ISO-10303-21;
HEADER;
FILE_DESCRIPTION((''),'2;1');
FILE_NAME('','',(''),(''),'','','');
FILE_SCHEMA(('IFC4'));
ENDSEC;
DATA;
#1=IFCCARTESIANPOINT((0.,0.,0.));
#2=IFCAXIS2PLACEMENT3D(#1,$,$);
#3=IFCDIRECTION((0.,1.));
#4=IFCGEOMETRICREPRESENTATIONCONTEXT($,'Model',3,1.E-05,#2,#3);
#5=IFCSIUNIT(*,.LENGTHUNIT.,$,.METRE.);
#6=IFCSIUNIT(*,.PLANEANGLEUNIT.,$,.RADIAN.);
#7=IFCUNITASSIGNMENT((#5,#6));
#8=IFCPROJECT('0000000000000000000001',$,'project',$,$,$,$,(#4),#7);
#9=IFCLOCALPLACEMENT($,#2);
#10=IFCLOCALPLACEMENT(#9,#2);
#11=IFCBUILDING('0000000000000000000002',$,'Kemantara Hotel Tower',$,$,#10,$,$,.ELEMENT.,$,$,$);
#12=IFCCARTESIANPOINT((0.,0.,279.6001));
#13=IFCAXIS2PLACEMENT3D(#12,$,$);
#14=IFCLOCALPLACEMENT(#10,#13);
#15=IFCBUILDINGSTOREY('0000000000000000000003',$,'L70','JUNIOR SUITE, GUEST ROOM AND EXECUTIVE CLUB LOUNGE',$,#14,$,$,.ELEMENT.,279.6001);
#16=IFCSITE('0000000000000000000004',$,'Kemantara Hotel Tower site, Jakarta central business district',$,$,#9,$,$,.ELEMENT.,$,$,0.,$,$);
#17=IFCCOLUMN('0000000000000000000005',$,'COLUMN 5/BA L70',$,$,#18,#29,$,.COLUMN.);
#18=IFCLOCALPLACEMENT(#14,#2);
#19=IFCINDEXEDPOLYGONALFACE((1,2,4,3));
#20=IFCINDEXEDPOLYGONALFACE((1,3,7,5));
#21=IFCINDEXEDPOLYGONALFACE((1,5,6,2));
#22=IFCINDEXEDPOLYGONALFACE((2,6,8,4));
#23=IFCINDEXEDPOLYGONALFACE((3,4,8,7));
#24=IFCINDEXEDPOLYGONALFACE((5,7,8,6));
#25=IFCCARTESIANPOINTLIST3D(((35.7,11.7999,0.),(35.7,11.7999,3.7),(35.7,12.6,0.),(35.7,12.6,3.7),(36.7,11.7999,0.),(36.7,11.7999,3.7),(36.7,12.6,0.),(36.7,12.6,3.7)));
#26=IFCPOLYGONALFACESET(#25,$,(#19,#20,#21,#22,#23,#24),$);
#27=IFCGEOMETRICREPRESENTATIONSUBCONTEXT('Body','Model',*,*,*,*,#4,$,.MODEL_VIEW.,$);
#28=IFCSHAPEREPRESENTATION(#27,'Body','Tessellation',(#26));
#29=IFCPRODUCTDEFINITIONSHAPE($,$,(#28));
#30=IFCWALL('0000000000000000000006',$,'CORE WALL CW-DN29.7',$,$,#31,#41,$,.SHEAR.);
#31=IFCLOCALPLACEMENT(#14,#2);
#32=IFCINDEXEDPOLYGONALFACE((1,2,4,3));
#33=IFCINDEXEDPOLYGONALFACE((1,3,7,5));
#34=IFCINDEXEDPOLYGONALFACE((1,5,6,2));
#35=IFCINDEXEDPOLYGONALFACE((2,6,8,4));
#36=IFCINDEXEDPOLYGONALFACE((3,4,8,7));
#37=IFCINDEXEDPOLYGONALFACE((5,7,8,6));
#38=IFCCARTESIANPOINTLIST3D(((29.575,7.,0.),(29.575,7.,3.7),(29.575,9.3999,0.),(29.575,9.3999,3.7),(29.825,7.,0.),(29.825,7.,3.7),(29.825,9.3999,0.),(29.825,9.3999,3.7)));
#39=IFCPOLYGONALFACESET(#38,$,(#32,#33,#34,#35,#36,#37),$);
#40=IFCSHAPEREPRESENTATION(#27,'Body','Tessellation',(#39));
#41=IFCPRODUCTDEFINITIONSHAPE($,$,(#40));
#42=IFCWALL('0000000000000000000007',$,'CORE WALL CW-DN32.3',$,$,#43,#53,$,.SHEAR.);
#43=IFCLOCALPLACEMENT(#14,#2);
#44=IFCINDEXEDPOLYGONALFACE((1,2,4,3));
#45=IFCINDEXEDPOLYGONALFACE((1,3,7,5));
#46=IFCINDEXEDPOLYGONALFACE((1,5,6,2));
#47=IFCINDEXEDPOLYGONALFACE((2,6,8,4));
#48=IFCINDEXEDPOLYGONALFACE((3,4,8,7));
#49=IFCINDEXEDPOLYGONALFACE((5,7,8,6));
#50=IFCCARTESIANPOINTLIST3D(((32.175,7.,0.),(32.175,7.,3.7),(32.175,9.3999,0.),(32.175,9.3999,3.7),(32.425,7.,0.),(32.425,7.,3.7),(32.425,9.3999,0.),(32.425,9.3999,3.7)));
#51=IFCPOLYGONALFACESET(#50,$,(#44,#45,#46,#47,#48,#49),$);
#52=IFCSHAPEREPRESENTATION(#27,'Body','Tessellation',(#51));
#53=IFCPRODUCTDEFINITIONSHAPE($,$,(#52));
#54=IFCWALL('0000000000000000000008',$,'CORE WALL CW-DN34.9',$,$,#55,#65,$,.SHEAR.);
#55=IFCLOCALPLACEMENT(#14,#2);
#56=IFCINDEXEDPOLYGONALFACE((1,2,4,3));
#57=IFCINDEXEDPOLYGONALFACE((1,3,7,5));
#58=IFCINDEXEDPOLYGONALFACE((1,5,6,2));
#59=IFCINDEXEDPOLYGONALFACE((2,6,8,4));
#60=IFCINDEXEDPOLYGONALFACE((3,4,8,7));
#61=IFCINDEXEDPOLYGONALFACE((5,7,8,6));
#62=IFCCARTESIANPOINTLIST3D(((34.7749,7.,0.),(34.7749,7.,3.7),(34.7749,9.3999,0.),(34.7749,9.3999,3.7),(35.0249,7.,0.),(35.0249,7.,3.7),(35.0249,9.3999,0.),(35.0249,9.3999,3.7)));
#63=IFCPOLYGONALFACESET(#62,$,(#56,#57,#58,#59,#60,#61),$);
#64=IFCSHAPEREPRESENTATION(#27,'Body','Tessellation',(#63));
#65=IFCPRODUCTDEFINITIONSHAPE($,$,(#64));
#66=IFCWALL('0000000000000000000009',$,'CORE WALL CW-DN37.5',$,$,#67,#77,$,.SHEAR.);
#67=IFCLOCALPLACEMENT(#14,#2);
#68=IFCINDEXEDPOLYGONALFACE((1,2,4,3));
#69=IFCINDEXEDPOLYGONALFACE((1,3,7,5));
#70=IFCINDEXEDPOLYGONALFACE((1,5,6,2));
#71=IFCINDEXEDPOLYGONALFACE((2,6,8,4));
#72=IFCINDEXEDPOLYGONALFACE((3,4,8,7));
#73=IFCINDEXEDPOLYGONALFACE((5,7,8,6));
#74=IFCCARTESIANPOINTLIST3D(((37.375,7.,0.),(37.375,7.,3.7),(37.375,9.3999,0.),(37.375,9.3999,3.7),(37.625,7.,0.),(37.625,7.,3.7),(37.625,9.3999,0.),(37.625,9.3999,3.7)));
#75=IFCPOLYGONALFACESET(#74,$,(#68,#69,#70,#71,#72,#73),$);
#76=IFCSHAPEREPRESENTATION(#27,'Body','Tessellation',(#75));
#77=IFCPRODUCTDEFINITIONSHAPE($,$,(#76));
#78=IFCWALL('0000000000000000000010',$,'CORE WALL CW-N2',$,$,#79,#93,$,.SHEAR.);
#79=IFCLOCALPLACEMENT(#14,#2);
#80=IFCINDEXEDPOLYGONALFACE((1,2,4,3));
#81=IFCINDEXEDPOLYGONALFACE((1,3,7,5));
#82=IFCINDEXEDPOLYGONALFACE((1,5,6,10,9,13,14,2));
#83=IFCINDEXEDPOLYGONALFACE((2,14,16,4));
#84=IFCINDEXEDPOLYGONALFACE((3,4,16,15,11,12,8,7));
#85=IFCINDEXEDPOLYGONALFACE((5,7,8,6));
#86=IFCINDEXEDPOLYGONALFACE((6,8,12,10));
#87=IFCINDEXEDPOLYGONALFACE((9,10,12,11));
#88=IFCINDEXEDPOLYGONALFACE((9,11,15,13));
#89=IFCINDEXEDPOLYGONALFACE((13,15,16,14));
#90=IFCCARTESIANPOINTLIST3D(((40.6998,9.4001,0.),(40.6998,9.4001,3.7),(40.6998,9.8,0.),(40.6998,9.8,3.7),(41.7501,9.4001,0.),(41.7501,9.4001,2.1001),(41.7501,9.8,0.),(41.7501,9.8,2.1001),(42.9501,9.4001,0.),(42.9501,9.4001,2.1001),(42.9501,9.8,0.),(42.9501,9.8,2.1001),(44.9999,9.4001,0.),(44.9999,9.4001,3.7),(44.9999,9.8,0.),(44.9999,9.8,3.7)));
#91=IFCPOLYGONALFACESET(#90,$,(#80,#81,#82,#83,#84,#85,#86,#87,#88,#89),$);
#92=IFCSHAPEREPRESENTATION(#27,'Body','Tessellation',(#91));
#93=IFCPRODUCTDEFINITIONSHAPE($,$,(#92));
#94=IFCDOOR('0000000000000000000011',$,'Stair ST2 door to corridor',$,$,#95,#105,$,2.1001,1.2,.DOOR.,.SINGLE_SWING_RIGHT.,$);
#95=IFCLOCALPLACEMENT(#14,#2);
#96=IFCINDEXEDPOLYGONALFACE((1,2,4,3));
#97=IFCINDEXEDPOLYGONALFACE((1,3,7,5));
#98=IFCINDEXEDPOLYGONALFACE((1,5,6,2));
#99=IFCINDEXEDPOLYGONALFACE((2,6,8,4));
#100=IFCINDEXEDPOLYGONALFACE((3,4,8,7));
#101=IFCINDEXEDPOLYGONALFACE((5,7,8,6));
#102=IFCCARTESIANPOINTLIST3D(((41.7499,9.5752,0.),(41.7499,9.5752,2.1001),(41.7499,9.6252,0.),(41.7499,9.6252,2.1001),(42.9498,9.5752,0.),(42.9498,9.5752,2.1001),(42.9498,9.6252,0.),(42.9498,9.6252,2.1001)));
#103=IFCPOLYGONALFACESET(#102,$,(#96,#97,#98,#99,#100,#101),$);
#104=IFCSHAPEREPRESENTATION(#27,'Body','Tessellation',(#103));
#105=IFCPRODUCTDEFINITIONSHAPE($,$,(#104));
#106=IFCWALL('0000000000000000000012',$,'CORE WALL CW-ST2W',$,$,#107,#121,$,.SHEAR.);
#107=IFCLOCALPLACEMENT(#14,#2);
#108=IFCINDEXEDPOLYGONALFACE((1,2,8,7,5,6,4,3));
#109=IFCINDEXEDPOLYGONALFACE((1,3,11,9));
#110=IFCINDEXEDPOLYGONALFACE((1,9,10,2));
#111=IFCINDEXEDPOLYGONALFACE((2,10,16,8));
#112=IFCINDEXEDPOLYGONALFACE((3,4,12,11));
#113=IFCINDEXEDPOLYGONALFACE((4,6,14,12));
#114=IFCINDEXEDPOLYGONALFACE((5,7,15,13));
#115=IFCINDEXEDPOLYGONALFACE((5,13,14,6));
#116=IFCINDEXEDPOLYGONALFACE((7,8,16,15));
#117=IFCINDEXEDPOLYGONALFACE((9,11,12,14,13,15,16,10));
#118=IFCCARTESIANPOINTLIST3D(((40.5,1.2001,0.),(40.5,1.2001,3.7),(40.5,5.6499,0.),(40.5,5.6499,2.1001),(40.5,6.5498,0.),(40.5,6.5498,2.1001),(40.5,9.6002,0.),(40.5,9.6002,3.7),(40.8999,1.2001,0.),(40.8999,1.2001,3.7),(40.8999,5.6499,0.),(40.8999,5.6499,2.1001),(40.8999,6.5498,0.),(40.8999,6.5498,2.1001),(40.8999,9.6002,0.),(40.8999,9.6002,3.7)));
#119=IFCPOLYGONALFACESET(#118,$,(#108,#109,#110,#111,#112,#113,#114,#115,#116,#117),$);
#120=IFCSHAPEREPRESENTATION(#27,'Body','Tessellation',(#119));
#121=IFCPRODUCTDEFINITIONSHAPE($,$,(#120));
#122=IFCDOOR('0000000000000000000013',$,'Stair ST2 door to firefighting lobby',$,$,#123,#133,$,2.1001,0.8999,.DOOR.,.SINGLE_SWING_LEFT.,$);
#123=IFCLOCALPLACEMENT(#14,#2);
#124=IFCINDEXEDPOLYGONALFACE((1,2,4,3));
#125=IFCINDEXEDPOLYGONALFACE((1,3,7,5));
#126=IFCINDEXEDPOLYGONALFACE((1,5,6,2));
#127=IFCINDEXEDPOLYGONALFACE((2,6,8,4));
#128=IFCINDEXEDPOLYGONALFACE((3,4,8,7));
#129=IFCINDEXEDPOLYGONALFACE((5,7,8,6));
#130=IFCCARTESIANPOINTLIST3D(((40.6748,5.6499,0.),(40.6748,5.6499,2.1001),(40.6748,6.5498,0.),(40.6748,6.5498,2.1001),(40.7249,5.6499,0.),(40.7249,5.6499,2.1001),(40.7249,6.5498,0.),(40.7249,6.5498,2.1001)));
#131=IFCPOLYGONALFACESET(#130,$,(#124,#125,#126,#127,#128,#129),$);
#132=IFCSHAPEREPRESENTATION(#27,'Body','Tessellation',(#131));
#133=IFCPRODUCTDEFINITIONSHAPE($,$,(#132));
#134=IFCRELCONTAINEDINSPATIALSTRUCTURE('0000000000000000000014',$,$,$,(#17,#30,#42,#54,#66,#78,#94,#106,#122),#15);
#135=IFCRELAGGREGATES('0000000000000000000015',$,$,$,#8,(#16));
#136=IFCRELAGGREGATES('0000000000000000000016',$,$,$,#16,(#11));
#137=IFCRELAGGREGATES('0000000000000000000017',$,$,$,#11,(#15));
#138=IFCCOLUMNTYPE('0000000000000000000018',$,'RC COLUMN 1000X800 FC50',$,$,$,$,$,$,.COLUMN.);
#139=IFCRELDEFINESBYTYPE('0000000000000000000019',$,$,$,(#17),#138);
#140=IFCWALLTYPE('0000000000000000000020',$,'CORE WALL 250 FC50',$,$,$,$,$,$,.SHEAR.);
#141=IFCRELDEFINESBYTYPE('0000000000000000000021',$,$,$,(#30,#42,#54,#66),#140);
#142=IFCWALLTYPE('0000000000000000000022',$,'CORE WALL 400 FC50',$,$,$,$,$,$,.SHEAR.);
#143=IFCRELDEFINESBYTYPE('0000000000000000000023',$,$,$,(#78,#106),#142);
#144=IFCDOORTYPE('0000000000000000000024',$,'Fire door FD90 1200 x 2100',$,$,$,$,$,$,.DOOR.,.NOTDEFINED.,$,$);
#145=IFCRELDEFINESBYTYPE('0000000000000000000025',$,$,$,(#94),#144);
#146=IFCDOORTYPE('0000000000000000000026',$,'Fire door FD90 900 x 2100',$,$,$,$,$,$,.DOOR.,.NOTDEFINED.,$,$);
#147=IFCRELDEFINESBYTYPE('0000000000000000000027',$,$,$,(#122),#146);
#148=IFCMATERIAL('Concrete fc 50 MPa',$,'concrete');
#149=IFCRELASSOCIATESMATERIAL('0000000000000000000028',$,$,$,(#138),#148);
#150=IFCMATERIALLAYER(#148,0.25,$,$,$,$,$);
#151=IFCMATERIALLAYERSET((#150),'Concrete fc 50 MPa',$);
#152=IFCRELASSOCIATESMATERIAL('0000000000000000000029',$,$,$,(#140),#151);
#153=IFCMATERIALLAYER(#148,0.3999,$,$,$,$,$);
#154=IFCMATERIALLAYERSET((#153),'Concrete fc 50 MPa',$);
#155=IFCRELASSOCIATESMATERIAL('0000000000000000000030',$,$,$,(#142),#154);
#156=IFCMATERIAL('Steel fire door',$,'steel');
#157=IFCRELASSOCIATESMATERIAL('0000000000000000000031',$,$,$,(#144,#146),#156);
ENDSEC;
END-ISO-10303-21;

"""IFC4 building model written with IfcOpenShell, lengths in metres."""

from ifc_helpers import new_model, si_unit, direction, frame, frame_2d, origin, origin_2d, place, context, subcontext, project, spatial, rectangle, extrude, material, layer, layer_set, material_profile, profile_set, type_object, element, fill, save


model = new_model("IFC4")

# Units and contexts
model_context = context("Model", 3, precision=1e-05, world=origin(), true_north=direction((0.0, 1.0)))
body_context = subcontext(model_context, "Body", "Model", "MODEL_VIEW")
ifc_project = project(units=[si_unit("LENGTHUNIT", "METRE"), si_unit("PLANEANGLEUNIT", "RADIAN")], contexts=[model_context])

# Site, building, storey
site_placement = place(None, origin())
site = spatial("IfcSite", under=ifc_project, at=site_placement, Name="Kemantara Hotel Tower site, Jakarta central business district", CompositionType="ELEMENT", RefElevation=0.0)
building_placement = place(site_placement, origin())
building = spatial("IfcBuilding", under=site, at=building_placement, Name="Kemantara Hotel Tower", CompositionType="ELEMENT")
storey_placement = place(building_placement, frame((0.0, 0.0, 279.6001)))
storey = spatial("IfcBuildingStorey", under=building, at=storey_placement, Name="L70", Description="JUNIOR SUITE, GUEST ROOM AND EXECUTIVE CLUB LOUNGE", CompositionType="ELEMENT", Elevation=279.6001)

# Column
ifc_material_1 = material(Name="Concrete fc 50 MPa", Category="concrete")
ifc_material_profile = material_profile(ifc_material_1, rectangle(XDim=1.0, YDim=0.8, at=origin_2d()), Name="RC 1000X800")
ifc_profile_set = profile_set([ifc_material_profile], Name="Concrete fc 50 MPa")
column_type = type_object("IfcColumnType", Name="RC COLUMN 1000X800 FC50", PredefinedType="COLUMN", material=ifc_profile_set)
column_placement = place(storey_placement, frame((36.2, 12.2, 0.0), z_axis=(0.0, 0.0, 1.0), x_axis=(1.0, 0.0, 0.0)))
element("IfcColumn", 1, at=column_placement, inside=storey, type_object=column_type, Name="COLUMN 5/BA L70", PredefinedType="COLUMN", context=body_context, shape_type="SweptSolid", body=[
    extrude(rectangle(XDim=1.0, YDim=0.8, at=origin_2d()), origin(), (0.0, 0.0, 1.0), 3.7),
])

# Walls
ifc_layer_1 = layer(ifc_material_1, 0.25)
ifc_layer_set_1 = layer_set([ifc_layer_1], Name="Concrete fc 50 MPa")
wall_type_1 = type_object("IfcWallType", Name="CORE WALL 250 FC50", PredefinedType="SHEAR", material=ifc_layer_set_1)
for number, where, z_axis, x_axis, name in (
    (2, (29.7, 7.0, 0.0), (0.0, 0.0, 1.0), (0.0, 1.0, 0.0), "CORE WALL CW-DN29.7"),
    (3, (32.3, 7.0, 0.0), (0.0, 0.0, 1.0), (0.0, 1.0, 0.0), "CORE WALL CW-DN32.3"),
    (4, (34.8999, 7.0, 0.0), (0.0, 0.0, 1.0), (0.0, 1.0, 0.0), "CORE WALL CW-DN34.9"),
    (5, (37.5, 7.0, 0.0), (0.0, 0.0, 1.0), (0.0, 1.0, 0.0), "CORE WALL CW-DN37.5"),
):
    element("IfcWall", number, at=place(storey_placement, frame(where, z_axis=z_axis, x_axis=x_axis)), inside=storey, type_object=wall_type_1, Name=name, PredefinedType="SHEAR", context=body_context, shape_type="SweptSolid", body=[
        extrude(rectangle(XDim=2.3999, YDim=0.25, at=frame_2d((1.2, 0.0))), origin(), (0.0, 0.0, 1.0), 3.7),
    ])

# Walls, openings, doors
ifc_layer_2 = layer(ifc_material_1, 0.3999)
ifc_layer_set_2 = layer_set([ifc_layer_2], Name="Concrete fc 50 MPa")
wall_type_2 = type_object("IfcWallType", Name="CORE WALL 400 FC50", PredefinedType="SHEAR", material=ifc_layer_set_2)
wall_1_placement = place(storey_placement, frame((40.7, 9.6001, 0.0), z_axis=(0.0, 0.0, 1.0), x_axis=(1.0, 0.0, 0.0)))
wall_1 = element("IfcWall", 6, at=wall_1_placement, inside=storey, type_object=wall_type_2, Name="CORE WALL CW-N2", PredefinedType="SHEAR", context=body_context, shape_type="SweptSolid", body=[
    extrude(rectangle(XDim=4.3, YDim=0.3999, at=frame_2d((2.1499, 0.0))), origin(), (0.0, 0.0, 1.0), 3.7),
])
opening_1_placement = place(wall_1_placement, frame((1.05, 0.0, 0.0)))
opening_1 = element("IfcOpeningElement", 7, at=opening_1_placement, cuts=wall_1, PredefinedType="OPENING", context=body_context, shape_type="SweptSolid", body=[
    extrude(rectangle(XDim=1.2, YDim=2.1001, at=frame_2d((0.6001, 1.05))), frame((0.0, 0.21, 0.0), z_axis=(0.0, -1.0, 0.0), x_axis=(1.0, 0.0, 0.0)), (0.0, 0.0, 1.0), 0.4199),
])
ifc_material_2 = material(Name="Steel fire door", Category="steel")
door_type_1 = type_object("IfcDoorType", Name="Fire door FD90 1200 x 2100", OperationType="NOTDEFINED", PredefinedType="DOOR", material=ifc_material_2)
door_1_placement = place(opening_1_placement, frame((1.2, 0.0, 0.0), z_axis=(0.0, 0.0, 1.0), x_axis=(-1.0, 0.0, 0.0)))
door_1 = element("IfcDoor", 8, at=door_1_placement, inside=storey, type_object=door_type_1, Name="Stair ST2 door to corridor", OperationType="SINGLE_SWING_RIGHT", OverallHeight=2.1001, OverallWidth=1.2, PredefinedType="DOOR", context=body_context, shape_type="SweptSolid", body=[
    extrude(rectangle(XDim=1.2, YDim=2.1001, at=frame_2d((0.6001, 1.05))), frame((0.0, 0.0249, 0.0), z_axis=(0.0, -1.0, 0.0), x_axis=(1.0, 0.0, 0.0)), (0.0, 0.0, 1.0), 0.05),
])
fill(opening_1, door_1)
wall_2_placement = place(storey_placement, frame((40.7, 1.2, 0.0), z_axis=(0.0, 0.0, 1.0), x_axis=(0.0, 1.0, 0.0)))
wall_2 = element("IfcWall", 9, at=wall_2_placement, inside=storey, type_object=wall_type_2, Name="CORE WALL CW-ST2W", PredefinedType="SHEAR", context=body_context, shape_type="SweptSolid", body=[
    extrude(rectangle(XDim=8.4001, YDim=0.3999, at=frame_2d((4.2002, 0.0))), origin(), (0.0, 0.0, 1.0), 3.7),
])
opening_2_placement = place(wall_2_placement, frame((4.45, 0.0, 0.0)))
opening_2 = element("IfcOpeningElement", 10, at=opening_2_placement, cuts=wall_2, PredefinedType="OPENING", context=body_context, shape_type="SweptSolid", body=[
    extrude(rectangle(XDim=0.8999, YDim=2.1001, at=frame_2d((0.45, 1.05))), frame((0.0, 0.21, 0.0), z_axis=(0.0, -1.0, 0.0), x_axis=(1.0, 0.0, 0.0)), (0.0, 0.0, 1.0), 0.4199),
])
door_type_2 = type_object("IfcDoorType", Name="Fire door FD90 900 x 2100", OperationType="NOTDEFINED", PredefinedType="DOOR", material=ifc_material_2)
door_2_placement = place(opening_2_placement, frame((0.8999, 0.0, 0.0), z_axis=(0.0, 0.0, 1.0), x_axis=(-1.0, 0.0, 0.0)))
door_2 = element("IfcDoor", 11, at=door_2_placement, inside=storey, type_object=door_type_2, Name="Stair ST2 door to firefighting lobby", OperationType="SINGLE_SWING_LEFT", OverallHeight=2.1001, OverallWidth=0.8999, PredefinedType="DOOR", context=body_context, shape_type="SweptSolid", body=[
    extrude(rectangle(XDim=0.8999, YDim=2.1001, at=frame_2d((0.45, 1.05))), frame((0.0, 0.0249, 0.0), z_axis=(0.0, -1.0, 0.0), x_axis=(1.0, 0.0, 0.0)), (0.0, 0.0, 1.0), 0.05),
])
fill(opening_2, door_2)

save(model, "model.ifc")
